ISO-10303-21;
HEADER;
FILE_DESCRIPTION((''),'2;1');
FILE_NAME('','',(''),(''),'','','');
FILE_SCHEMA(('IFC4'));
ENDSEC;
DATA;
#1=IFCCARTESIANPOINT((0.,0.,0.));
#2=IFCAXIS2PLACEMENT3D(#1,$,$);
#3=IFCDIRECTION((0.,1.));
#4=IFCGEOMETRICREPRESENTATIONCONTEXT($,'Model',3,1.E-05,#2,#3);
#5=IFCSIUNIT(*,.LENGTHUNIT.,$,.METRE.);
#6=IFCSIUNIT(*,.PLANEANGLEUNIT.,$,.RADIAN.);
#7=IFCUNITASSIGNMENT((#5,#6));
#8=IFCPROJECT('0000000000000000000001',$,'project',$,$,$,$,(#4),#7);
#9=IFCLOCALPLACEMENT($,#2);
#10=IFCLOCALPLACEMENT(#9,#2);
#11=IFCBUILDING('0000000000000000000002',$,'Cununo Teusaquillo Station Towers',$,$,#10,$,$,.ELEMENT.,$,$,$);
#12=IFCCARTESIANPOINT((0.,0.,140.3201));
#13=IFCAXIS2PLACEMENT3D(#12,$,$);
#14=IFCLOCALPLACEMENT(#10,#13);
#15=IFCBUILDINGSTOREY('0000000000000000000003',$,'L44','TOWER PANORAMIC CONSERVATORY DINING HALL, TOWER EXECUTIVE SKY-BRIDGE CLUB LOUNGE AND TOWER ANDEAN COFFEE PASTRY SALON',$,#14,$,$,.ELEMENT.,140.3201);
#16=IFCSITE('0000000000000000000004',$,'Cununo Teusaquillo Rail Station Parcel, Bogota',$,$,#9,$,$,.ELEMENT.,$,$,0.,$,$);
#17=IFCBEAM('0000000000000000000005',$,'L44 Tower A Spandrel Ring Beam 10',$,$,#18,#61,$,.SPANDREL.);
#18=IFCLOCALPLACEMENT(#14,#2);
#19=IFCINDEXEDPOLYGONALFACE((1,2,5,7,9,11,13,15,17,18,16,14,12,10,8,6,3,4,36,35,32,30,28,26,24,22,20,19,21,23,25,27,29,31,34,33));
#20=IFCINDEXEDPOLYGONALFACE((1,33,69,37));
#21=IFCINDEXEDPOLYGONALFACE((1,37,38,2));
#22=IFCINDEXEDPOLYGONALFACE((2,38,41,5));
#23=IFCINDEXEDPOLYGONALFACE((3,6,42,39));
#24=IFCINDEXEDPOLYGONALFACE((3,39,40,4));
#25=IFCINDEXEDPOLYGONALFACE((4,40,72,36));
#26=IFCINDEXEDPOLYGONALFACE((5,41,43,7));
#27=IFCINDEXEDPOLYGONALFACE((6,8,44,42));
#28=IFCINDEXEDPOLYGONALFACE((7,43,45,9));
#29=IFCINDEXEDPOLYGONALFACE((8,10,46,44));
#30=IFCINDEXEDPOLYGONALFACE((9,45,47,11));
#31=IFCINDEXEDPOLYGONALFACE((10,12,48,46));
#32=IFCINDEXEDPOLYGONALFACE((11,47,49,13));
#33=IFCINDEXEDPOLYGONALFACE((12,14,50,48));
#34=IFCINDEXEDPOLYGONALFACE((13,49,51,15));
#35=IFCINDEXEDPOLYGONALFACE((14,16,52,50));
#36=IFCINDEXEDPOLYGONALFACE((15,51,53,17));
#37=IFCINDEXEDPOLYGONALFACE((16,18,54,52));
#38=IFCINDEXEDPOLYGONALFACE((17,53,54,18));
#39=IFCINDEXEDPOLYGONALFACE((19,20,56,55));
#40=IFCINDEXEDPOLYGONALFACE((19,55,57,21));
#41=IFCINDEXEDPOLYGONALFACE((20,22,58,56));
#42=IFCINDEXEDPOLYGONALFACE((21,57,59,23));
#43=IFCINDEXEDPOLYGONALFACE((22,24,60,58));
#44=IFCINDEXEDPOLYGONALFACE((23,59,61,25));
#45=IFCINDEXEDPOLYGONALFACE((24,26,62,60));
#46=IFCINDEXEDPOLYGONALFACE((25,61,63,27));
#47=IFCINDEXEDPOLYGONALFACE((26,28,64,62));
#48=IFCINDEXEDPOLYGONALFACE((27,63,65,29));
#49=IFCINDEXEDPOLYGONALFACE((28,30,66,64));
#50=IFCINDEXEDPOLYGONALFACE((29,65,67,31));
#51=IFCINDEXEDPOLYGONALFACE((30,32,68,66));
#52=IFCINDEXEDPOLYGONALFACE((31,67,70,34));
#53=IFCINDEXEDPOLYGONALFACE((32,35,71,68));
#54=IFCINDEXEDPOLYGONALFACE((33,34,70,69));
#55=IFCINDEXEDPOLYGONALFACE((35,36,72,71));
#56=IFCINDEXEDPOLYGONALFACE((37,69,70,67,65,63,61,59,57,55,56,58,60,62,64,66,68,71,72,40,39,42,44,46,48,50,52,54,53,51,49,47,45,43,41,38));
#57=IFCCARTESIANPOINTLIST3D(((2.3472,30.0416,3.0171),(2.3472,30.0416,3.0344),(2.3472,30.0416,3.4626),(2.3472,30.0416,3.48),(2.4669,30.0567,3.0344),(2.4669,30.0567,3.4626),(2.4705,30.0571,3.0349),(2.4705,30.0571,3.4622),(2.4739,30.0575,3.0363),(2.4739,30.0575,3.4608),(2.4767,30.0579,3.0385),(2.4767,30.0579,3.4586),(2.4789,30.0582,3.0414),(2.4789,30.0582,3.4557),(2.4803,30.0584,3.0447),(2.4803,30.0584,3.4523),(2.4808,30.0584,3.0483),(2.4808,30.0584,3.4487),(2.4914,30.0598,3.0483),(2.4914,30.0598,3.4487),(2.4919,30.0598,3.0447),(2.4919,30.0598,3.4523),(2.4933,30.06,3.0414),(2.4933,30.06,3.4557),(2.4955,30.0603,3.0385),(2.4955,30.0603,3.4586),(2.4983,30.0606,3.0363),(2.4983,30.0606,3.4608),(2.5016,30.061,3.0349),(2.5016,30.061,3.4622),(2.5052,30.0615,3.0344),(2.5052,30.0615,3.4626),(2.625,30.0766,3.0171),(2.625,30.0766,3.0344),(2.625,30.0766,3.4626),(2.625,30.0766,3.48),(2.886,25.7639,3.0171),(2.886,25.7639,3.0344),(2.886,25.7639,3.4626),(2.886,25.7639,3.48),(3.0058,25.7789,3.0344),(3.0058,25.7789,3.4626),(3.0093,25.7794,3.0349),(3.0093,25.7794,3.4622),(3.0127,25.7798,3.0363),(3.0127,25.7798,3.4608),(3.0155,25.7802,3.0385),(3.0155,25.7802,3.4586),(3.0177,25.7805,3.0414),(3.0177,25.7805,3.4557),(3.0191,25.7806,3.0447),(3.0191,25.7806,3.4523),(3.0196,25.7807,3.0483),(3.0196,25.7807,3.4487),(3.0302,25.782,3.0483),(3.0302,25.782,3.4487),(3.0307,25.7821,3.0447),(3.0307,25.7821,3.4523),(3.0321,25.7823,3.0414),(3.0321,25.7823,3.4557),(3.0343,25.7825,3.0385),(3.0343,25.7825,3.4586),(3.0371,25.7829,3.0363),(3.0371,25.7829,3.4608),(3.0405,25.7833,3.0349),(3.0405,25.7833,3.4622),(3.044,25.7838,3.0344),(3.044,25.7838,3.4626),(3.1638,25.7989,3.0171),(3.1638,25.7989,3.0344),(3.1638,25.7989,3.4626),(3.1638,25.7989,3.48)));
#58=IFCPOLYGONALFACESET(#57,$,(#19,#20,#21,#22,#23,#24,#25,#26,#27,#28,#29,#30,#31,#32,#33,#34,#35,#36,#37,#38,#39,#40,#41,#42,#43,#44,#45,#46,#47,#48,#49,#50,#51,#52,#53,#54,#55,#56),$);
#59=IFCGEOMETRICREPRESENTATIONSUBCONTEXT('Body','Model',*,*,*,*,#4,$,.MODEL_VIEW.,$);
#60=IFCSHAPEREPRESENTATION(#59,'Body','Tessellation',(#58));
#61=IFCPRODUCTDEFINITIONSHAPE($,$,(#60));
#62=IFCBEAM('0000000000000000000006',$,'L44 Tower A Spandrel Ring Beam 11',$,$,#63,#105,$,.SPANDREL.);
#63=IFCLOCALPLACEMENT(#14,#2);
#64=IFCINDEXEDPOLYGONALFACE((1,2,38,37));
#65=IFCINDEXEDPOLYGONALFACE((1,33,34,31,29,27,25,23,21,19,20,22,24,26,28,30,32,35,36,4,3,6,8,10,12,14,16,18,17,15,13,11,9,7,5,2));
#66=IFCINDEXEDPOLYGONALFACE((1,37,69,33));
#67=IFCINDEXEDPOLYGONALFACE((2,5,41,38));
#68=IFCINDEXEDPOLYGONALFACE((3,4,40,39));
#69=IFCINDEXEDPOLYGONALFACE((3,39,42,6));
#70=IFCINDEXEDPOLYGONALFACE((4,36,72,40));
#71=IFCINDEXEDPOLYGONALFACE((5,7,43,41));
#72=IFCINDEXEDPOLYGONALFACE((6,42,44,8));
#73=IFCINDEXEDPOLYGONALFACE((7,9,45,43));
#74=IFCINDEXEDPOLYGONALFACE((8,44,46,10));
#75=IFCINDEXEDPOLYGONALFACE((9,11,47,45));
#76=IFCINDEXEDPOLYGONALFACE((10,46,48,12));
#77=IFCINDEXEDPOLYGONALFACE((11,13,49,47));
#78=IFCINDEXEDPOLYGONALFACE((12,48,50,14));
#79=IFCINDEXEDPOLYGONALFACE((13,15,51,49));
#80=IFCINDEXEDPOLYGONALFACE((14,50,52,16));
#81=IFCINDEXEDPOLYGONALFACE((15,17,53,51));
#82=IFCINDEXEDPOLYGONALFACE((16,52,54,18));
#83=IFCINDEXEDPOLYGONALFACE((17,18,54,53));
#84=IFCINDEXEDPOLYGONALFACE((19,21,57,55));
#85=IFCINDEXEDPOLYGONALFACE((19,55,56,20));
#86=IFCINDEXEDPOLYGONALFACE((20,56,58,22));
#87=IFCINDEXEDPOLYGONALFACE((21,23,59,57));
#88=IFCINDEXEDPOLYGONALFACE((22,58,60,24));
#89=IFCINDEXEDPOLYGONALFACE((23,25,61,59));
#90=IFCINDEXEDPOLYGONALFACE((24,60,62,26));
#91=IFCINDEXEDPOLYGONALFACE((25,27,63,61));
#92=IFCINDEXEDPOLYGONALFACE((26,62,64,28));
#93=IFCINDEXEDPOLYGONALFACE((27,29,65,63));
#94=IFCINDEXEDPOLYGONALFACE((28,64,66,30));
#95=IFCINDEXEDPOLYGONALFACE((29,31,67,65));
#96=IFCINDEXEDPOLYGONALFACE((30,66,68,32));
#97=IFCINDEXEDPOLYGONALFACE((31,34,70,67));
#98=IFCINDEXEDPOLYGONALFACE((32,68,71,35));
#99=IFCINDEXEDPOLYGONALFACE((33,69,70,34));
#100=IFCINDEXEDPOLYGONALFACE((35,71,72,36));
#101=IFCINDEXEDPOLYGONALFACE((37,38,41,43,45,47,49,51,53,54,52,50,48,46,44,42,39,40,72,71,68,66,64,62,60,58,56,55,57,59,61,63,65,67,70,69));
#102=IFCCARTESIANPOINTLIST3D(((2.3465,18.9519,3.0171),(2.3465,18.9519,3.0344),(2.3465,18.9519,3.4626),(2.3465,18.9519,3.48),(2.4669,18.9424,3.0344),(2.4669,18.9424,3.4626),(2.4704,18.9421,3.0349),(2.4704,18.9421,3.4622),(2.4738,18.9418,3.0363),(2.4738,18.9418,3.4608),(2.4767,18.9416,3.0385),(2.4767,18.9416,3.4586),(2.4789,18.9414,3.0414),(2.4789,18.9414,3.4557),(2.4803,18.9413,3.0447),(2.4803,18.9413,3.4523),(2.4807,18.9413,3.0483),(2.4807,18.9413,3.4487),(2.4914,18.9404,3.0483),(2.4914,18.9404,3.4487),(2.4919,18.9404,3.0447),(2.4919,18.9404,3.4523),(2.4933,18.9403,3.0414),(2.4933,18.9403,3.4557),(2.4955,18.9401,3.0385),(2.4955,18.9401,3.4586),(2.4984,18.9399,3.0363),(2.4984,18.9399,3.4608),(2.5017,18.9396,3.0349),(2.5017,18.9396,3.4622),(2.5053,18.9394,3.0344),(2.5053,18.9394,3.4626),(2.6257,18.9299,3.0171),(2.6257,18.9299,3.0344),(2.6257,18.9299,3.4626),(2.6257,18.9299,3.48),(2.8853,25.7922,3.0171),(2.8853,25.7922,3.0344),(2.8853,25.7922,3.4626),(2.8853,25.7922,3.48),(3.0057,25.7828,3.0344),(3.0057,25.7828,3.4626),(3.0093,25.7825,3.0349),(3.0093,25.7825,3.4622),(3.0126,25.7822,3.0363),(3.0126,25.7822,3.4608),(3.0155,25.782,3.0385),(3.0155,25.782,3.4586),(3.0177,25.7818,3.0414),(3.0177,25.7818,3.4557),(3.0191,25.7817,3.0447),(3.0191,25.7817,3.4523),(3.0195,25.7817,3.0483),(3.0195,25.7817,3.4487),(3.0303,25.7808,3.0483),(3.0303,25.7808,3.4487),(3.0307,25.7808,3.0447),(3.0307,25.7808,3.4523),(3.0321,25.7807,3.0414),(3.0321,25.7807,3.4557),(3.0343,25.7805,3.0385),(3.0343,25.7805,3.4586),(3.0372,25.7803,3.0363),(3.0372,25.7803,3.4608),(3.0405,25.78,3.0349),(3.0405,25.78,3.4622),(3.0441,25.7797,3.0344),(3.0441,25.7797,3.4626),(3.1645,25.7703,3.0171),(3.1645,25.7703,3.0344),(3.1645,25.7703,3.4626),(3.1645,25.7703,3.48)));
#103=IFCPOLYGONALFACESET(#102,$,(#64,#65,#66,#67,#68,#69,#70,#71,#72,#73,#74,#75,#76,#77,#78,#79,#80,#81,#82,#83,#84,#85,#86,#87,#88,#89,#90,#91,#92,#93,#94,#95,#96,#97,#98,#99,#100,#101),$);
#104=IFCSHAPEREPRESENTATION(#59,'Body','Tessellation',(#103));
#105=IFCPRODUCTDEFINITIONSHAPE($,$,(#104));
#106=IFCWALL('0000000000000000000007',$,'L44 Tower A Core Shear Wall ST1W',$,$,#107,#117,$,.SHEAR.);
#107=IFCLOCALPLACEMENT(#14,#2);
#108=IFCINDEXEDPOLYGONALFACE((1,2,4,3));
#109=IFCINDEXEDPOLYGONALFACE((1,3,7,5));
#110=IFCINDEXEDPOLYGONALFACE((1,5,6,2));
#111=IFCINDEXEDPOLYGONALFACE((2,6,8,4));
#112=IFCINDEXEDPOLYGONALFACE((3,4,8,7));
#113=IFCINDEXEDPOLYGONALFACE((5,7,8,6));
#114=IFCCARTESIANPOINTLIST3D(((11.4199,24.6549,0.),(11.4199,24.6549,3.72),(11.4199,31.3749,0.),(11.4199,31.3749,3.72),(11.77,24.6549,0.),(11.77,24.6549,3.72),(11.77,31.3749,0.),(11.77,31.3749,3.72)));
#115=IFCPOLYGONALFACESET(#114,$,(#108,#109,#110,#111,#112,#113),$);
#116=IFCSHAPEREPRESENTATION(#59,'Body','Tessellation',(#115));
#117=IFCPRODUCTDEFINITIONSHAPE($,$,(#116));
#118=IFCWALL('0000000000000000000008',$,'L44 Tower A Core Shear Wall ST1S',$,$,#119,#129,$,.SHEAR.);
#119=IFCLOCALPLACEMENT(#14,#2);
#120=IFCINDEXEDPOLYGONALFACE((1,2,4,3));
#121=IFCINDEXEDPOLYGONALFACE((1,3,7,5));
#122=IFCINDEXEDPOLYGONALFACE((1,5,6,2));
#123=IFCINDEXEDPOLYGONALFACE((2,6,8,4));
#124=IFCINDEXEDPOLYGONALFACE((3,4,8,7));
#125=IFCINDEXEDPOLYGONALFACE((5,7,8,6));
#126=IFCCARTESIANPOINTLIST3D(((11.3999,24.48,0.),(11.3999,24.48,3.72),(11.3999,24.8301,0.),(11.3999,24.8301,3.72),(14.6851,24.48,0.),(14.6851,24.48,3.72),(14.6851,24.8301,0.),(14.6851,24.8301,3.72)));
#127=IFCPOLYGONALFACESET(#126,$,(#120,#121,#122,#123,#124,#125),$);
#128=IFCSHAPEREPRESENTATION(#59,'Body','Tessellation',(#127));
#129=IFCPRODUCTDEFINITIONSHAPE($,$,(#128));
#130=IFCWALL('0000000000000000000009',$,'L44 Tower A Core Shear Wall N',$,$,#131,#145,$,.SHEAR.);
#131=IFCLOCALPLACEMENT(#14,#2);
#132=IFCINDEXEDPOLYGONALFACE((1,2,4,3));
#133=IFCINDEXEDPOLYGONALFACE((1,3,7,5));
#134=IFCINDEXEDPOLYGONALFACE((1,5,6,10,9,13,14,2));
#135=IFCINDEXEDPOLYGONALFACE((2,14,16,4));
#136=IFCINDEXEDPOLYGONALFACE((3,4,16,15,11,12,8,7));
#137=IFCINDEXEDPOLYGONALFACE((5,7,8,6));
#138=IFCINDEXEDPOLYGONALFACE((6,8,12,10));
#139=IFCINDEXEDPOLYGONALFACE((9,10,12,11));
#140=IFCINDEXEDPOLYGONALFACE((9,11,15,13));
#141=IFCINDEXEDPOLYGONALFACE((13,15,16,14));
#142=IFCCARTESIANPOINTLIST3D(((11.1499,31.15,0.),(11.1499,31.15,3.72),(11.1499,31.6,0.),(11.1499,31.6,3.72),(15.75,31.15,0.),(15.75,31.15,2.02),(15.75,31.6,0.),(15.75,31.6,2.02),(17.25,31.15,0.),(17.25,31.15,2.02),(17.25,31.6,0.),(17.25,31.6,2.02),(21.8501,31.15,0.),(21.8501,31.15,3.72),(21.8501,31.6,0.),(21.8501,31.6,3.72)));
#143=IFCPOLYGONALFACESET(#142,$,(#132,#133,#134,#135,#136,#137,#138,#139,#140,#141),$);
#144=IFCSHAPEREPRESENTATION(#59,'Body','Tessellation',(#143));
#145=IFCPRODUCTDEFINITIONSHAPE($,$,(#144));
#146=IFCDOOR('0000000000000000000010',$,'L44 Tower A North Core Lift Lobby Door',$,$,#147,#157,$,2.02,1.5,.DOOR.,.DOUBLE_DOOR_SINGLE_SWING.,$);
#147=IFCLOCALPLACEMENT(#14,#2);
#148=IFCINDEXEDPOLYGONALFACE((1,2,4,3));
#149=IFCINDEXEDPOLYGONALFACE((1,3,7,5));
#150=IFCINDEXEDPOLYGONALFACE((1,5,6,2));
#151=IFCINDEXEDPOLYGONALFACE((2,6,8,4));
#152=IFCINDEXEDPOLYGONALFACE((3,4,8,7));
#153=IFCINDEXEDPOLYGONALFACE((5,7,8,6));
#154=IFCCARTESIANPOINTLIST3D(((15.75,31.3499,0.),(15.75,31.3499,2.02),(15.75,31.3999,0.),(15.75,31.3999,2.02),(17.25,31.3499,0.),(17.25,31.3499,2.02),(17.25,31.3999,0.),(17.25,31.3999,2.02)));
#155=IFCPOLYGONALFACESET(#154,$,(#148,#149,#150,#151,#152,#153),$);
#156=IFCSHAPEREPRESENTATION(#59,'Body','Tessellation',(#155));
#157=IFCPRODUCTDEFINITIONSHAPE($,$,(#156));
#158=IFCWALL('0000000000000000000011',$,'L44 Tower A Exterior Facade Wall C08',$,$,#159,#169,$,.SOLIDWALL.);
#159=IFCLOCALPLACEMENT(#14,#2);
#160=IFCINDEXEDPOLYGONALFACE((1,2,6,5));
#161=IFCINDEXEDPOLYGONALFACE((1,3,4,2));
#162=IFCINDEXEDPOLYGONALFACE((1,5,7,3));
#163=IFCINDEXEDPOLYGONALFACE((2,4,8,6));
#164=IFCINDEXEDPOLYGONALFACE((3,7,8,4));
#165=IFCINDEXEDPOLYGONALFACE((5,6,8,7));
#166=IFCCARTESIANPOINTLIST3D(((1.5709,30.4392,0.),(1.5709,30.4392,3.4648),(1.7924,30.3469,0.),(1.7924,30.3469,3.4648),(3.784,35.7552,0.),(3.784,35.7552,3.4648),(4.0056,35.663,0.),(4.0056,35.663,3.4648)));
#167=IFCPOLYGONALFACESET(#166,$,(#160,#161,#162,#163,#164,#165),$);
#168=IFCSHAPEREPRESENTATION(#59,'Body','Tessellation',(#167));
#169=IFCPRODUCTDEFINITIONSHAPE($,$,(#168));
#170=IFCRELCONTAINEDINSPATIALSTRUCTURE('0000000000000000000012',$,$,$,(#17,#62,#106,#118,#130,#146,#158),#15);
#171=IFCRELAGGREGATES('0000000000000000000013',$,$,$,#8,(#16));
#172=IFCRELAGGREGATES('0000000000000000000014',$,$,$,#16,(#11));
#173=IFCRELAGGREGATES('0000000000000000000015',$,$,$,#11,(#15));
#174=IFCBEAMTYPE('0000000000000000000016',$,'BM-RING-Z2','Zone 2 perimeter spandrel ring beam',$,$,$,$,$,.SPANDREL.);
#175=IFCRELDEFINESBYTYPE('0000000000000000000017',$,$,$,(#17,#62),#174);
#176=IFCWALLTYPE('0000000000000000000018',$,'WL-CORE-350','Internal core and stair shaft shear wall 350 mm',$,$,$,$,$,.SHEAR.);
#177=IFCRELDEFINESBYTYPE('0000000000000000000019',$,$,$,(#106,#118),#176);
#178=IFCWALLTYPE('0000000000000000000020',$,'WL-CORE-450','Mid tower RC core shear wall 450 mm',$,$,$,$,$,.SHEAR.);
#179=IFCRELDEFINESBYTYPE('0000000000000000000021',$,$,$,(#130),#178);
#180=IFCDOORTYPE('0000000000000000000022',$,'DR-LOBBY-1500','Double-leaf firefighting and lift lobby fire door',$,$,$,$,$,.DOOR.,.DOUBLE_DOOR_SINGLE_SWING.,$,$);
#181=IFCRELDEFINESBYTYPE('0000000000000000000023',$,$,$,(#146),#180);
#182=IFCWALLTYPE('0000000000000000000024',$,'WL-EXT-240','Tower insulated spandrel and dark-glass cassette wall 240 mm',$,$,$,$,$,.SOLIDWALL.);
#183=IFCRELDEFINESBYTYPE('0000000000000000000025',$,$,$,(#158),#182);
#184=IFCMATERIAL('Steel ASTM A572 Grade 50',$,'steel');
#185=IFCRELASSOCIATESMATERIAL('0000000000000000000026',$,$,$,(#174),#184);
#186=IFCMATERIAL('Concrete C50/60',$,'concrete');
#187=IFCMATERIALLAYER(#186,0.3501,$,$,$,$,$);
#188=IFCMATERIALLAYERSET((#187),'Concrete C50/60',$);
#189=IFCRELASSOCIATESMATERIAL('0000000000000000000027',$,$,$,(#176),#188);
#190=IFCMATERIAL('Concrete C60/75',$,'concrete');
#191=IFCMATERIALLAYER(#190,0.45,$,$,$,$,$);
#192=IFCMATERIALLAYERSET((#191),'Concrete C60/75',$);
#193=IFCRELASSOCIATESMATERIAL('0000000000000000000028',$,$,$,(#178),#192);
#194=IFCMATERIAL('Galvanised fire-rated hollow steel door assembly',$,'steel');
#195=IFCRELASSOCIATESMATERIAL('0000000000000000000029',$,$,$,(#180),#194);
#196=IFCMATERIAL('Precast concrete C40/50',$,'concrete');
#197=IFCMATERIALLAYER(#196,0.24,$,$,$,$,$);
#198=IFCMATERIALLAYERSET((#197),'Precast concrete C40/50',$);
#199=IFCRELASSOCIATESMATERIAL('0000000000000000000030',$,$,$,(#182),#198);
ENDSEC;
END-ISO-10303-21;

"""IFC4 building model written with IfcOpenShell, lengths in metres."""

from ifc_helpers import new_model, si_unit, direction, frame, frame_2d, origin, origin_2d, place, context, subcontext, project, spatial, rectangle, i_section, extrude, source, transform, mapped, material, layer, layer_set, material_profile, profile_set, type_object, element, fill, save


model = new_model("IFC4")

# Units and contexts
model_context = context("Model", 3, precision=1e-05, world=origin(), true_north=direction((0.0, 1.0)))
body_context = subcontext(model_context, "Body", "Model", "MODEL_VIEW")
ifc_project = project(units=[si_unit("LENGTHUNIT", "METRE"), si_unit("PLANEANGLEUNIT", "RADIAN")], contexts=[model_context])

# Site, building, storey
site_placement = place(None, origin())
site = spatial("IfcSite", under=ifc_project, at=site_placement, Name="Cununo Teusaquillo Rail Station Parcel, Bogota", CompositionType="ELEMENT", RefElevation=0.0)
building_placement = place(site_placement, origin())
building = spatial("IfcBuilding", under=site, at=building_placement, Name="Cununo Teusaquillo Station Towers", CompositionType="ELEMENT")
storey_placement = place(building_placement, frame((0.0, 0.0, 140.3201)))
storey = spatial("IfcBuildingStorey", under=building, at=storey_placement, Name="L44", Description="TOWER PANORAMIC CONSERVATORY DINING HALL, TOWER EXECUTIVE SKY-BRIDGE CLUB LOUNGE AND TOWER ANDEAN COFFEE PASTRY SALON", CompositionType="ELEMENT", Elevation=140.3201)

# Beams
ifc_material_1 = material(Name="Steel ASTM A572 Grade 50", Category="steel")
ifc_material_profile_1 = material_profile(ifc_material_1, i_section(OverallWidth=0.28, OverallDepth=0.4629, WebThickness=0.0107, FlangeThickness=0.0173, FilletRadius=0.0139, at=origin_2d()), Name="W18X76")
ifc_profile_set_1 = profile_set([ifc_material_profile_1], Name="Steel ASTM A572 Grade 50")
beam_type_1 = type_object("IfcBeamType", Name="BM-RING-Z2", Description="Zone 2 perimeter spandrel ring beam", PredefinedType="SPANDREL", material=ifc_profile_set_1)
beam_1_placement = place(storey_placement, frame((2.4861, 30.0591, 3.2485), z_axis=(0.124969, -0.992161, 0.0), x_axis=(0.992161, 0.124969, 0.0)))
element("IfcBeam", 1, at=beam_1_placement, inside=storey, type_object=beam_type_1, Name="L44 Tower A Spandrel Ring Beam 10", PredefinedType="SPANDREL", context=body_context, shape_type="SweptSolid", body=[
    extrude(i_section(OverallWidth=0.28, OverallDepth=0.4629, WebThickness=0.0107, FlangeThickness=0.0173, FilletRadius=0.0139, at=origin_2d()), origin(), (0.0, 0.0, 1.0), 4.3115),
])
beam_2_placement = place(storey_placement, frame((3.0249, 25.7812, 3.2485), z_axis=(-0.078528, -0.996912, 0.0), x_axis=(0.996912, -0.078528, 0.0)))
element("IfcBeam", 2, at=beam_2_placement, inside=storey, type_object=beam_type_1, Name="L44 Tower A Spandrel Ring Beam 11", PredefinedType="SPANDREL", context=body_context, shape_type="SweptSolid", body=[
    extrude(i_section(OverallWidth=0.28, OverallDepth=0.4629, WebThickness=0.0107, FlangeThickness=0.0173, FilletRadius=0.0139, at=origin_2d()), origin(), (0.0, 0.0, 1.0), 6.8616),
])

# Walls
ifc_material_2 = material(Name="Concrete C50/60", Category="concrete")
ifc_layer_1 = layer(ifc_material_2, 0.3501)
ifc_layer_set_1 = layer_set([ifc_layer_1], Name="Concrete C50/60")
wall_type_1 = type_object("IfcWallType", Name="WL-CORE-350", Description="Internal core and stair shaft shear wall 350 mm", PredefinedType="SHEAR", material=ifc_layer_set_1)
wall_1_placement = place(storey_placement, frame((11.595, 24.655, 0.0), z_axis=(0.0, 0.0, 1.0), x_axis=(0.0, 1.0, 0.0)))
element("IfcWall", 3, at=wall_1_placement, inside=storey, type_object=wall_type_1, Name="L44 Tower A Core Shear Wall ST1W", PredefinedType="SHEAR", context=body_context, shape_type="SweptSolid", body=[
    extrude(rectangle(XDim=6.72, YDim=0.3501, at=frame_2d((3.3599, 0.0))), origin(), (0.0, 0.0, 1.0), 3.72),
])
wall_2_placement = place(storey_placement, frame((11.3999, 24.655, 0.0), z_axis=(0.0, 0.0, 1.0), x_axis=(1.0, 0.0, 0.0)))
element("IfcWall", 4, at=wall_2_placement, inside=storey, type_object=wall_type_1, Name="L44 Tower A Core Shear Wall ST1S", PredefinedType="SHEAR", context=body_context, shape_type="SweptSolid", body=[
    extrude(rectangle(XDim=3.2852, YDim=0.3501, at=frame_2d((1.6426, 0.0))), origin(), (0.0, 0.0, 1.0), 3.72),
])

# Wall, opening, door
ifc_material_3 = material(Name="Concrete C60/75", Category="concrete")
ifc_layer_2 = layer(ifc_material_3, 0.45)
ifc_layer_set_2 = layer_set([ifc_layer_2], Name="Concrete C60/75")
wall_type_2 = type_object("IfcWallType", Name="WL-CORE-450", Description="Mid tower RC core shear wall 450 mm", PredefinedType="SHEAR", material=ifc_layer_set_2)
wall_3_placement = place(storey_placement, frame((11.1499, 31.375, 0.0), z_axis=(0.0, 0.0, 1.0), x_axis=(1.0, 0.0, 0.0)))
wall_3 = element("IfcWall", 5, at=wall_3_placement, inside=storey, type_object=wall_type_2, Name="L44 Tower A Core Shear Wall N", PredefinedType="SHEAR", context=body_context, shape_type="SweptSolid", body=[
    extrude(rectangle(XDim=10.7002, YDim=0.45, at=frame_2d((5.3501, 0.0))), origin(), (0.0, 0.0, 1.0), 3.72),
])
shared_shape_1 = source(origin(), body_context, "Body", "SweptSolid", [
    extrude(rectangle(XDim=1.5, YDim=2.02, at=frame_2d((0.75, 1.01))), frame((0.0, 0.2349, 0.0), z_axis=(0.0, -1.0, 0.0), x_axis=(1.0, 0.0, 0.0)), (0.0, 0.0, 1.0), 0.47),
])
opening_placement = place(wall_3_placement, frame((4.6001, 0.0, 0.0)))
opening = element("IfcOpeningElement", 6, at=opening_placement, cuts=wall_3, PredefinedType="OPENING", context=body_context, shape_type="MappedRepresentation", body=[
    mapped(shared_shape_1, transform((0.0, 0.0, 0.0), x_axis=(1.0, 0.0, 0.0), y_axis=(0.0, 1.0, 0.0), z_axis=(0.0, 0.0, 1.0), scale=1.0)),
])
ifc_material_4 = material(Name="Galvanised fire-rated hollow steel door assembly", Category="steel")
door_type = type_object("IfcDoorType", Name="DR-LOBBY-1500", Description="Double-leaf firefighting and lift lobby fire door", OperationType="DOUBLE_DOOR_SINGLE_SWING", PredefinedType="DOOR", material=ifc_material_4)
shared_shape_2 = source(origin(), body_context, "Body", "SweptSolid", [
    extrude(rectangle(XDim=1.5, YDim=2.02, at=frame_2d((0.75, 1.01))), frame((0.0, 0.0249, 0.0), z_axis=(0.0, -1.0, 0.0), x_axis=(1.0, 0.0, 0.0)), (0.0, 0.0, 1.0), 0.05),
])
door_placement = place(opening_placement, origin())
door = element("IfcDoor", 7, at=door_placement, inside=storey, type_object=door_type, Name="L44 Tower A North Core Lift Lobby Door", OperationType="DOUBLE_DOOR_SINGLE_SWING", OverallHeight=2.02, OverallWidth=1.5, PredefinedType="DOOR", context=body_context, shape_type="MappedRepresentation", body=[
    mapped(shared_shape_2, transform((0.0, 0.0, 0.0), x_axis=(1.0, 0.0, 0.0), y_axis=(0.0, 1.0, 0.0), z_axis=(0.0, 0.0, 1.0), scale=1.0)),
])
fill(opening, door)

# Wall
ifc_material_5 = material(Name="Precast concrete C40/50", Category="concrete")
ifc_layer_3 = layer(ifc_material_5, 0.24)
ifc_layer_set_3 = layer_set([ifc_layer_3], Name="Precast concrete C40/50")
wall_type_3 = type_object("IfcWallType", Name="WL-EXT-240", Description="Tower insulated spandrel and dark-glass cassette wall 240 mm", PredefinedType="SOLIDWALL", material=ifc_layer_set_3)
wall_4_placement = place(storey_placement, frame((1.6816, 30.3931, 0.0), z_axis=(0.0, 0.0, 1.0), x_axis=(0.384344, 0.92319, 0.0)))
element("IfcWall", 8, at=wall_4_placement, inside=storey, type_object=wall_type_3, Name="L44 Tower A Exterior Facade Wall C08", PredefinedType="SOLIDWALL", context=body_context, shape_type="SweptSolid", body=[
    extrude(rectangle(XDim=5.7583, YDim=0.24, at=frame_2d((2.8792, 0.0))), origin(), (0.0, 0.0, 1.0), 3.4648),
])

save(model, "model.ifc")
